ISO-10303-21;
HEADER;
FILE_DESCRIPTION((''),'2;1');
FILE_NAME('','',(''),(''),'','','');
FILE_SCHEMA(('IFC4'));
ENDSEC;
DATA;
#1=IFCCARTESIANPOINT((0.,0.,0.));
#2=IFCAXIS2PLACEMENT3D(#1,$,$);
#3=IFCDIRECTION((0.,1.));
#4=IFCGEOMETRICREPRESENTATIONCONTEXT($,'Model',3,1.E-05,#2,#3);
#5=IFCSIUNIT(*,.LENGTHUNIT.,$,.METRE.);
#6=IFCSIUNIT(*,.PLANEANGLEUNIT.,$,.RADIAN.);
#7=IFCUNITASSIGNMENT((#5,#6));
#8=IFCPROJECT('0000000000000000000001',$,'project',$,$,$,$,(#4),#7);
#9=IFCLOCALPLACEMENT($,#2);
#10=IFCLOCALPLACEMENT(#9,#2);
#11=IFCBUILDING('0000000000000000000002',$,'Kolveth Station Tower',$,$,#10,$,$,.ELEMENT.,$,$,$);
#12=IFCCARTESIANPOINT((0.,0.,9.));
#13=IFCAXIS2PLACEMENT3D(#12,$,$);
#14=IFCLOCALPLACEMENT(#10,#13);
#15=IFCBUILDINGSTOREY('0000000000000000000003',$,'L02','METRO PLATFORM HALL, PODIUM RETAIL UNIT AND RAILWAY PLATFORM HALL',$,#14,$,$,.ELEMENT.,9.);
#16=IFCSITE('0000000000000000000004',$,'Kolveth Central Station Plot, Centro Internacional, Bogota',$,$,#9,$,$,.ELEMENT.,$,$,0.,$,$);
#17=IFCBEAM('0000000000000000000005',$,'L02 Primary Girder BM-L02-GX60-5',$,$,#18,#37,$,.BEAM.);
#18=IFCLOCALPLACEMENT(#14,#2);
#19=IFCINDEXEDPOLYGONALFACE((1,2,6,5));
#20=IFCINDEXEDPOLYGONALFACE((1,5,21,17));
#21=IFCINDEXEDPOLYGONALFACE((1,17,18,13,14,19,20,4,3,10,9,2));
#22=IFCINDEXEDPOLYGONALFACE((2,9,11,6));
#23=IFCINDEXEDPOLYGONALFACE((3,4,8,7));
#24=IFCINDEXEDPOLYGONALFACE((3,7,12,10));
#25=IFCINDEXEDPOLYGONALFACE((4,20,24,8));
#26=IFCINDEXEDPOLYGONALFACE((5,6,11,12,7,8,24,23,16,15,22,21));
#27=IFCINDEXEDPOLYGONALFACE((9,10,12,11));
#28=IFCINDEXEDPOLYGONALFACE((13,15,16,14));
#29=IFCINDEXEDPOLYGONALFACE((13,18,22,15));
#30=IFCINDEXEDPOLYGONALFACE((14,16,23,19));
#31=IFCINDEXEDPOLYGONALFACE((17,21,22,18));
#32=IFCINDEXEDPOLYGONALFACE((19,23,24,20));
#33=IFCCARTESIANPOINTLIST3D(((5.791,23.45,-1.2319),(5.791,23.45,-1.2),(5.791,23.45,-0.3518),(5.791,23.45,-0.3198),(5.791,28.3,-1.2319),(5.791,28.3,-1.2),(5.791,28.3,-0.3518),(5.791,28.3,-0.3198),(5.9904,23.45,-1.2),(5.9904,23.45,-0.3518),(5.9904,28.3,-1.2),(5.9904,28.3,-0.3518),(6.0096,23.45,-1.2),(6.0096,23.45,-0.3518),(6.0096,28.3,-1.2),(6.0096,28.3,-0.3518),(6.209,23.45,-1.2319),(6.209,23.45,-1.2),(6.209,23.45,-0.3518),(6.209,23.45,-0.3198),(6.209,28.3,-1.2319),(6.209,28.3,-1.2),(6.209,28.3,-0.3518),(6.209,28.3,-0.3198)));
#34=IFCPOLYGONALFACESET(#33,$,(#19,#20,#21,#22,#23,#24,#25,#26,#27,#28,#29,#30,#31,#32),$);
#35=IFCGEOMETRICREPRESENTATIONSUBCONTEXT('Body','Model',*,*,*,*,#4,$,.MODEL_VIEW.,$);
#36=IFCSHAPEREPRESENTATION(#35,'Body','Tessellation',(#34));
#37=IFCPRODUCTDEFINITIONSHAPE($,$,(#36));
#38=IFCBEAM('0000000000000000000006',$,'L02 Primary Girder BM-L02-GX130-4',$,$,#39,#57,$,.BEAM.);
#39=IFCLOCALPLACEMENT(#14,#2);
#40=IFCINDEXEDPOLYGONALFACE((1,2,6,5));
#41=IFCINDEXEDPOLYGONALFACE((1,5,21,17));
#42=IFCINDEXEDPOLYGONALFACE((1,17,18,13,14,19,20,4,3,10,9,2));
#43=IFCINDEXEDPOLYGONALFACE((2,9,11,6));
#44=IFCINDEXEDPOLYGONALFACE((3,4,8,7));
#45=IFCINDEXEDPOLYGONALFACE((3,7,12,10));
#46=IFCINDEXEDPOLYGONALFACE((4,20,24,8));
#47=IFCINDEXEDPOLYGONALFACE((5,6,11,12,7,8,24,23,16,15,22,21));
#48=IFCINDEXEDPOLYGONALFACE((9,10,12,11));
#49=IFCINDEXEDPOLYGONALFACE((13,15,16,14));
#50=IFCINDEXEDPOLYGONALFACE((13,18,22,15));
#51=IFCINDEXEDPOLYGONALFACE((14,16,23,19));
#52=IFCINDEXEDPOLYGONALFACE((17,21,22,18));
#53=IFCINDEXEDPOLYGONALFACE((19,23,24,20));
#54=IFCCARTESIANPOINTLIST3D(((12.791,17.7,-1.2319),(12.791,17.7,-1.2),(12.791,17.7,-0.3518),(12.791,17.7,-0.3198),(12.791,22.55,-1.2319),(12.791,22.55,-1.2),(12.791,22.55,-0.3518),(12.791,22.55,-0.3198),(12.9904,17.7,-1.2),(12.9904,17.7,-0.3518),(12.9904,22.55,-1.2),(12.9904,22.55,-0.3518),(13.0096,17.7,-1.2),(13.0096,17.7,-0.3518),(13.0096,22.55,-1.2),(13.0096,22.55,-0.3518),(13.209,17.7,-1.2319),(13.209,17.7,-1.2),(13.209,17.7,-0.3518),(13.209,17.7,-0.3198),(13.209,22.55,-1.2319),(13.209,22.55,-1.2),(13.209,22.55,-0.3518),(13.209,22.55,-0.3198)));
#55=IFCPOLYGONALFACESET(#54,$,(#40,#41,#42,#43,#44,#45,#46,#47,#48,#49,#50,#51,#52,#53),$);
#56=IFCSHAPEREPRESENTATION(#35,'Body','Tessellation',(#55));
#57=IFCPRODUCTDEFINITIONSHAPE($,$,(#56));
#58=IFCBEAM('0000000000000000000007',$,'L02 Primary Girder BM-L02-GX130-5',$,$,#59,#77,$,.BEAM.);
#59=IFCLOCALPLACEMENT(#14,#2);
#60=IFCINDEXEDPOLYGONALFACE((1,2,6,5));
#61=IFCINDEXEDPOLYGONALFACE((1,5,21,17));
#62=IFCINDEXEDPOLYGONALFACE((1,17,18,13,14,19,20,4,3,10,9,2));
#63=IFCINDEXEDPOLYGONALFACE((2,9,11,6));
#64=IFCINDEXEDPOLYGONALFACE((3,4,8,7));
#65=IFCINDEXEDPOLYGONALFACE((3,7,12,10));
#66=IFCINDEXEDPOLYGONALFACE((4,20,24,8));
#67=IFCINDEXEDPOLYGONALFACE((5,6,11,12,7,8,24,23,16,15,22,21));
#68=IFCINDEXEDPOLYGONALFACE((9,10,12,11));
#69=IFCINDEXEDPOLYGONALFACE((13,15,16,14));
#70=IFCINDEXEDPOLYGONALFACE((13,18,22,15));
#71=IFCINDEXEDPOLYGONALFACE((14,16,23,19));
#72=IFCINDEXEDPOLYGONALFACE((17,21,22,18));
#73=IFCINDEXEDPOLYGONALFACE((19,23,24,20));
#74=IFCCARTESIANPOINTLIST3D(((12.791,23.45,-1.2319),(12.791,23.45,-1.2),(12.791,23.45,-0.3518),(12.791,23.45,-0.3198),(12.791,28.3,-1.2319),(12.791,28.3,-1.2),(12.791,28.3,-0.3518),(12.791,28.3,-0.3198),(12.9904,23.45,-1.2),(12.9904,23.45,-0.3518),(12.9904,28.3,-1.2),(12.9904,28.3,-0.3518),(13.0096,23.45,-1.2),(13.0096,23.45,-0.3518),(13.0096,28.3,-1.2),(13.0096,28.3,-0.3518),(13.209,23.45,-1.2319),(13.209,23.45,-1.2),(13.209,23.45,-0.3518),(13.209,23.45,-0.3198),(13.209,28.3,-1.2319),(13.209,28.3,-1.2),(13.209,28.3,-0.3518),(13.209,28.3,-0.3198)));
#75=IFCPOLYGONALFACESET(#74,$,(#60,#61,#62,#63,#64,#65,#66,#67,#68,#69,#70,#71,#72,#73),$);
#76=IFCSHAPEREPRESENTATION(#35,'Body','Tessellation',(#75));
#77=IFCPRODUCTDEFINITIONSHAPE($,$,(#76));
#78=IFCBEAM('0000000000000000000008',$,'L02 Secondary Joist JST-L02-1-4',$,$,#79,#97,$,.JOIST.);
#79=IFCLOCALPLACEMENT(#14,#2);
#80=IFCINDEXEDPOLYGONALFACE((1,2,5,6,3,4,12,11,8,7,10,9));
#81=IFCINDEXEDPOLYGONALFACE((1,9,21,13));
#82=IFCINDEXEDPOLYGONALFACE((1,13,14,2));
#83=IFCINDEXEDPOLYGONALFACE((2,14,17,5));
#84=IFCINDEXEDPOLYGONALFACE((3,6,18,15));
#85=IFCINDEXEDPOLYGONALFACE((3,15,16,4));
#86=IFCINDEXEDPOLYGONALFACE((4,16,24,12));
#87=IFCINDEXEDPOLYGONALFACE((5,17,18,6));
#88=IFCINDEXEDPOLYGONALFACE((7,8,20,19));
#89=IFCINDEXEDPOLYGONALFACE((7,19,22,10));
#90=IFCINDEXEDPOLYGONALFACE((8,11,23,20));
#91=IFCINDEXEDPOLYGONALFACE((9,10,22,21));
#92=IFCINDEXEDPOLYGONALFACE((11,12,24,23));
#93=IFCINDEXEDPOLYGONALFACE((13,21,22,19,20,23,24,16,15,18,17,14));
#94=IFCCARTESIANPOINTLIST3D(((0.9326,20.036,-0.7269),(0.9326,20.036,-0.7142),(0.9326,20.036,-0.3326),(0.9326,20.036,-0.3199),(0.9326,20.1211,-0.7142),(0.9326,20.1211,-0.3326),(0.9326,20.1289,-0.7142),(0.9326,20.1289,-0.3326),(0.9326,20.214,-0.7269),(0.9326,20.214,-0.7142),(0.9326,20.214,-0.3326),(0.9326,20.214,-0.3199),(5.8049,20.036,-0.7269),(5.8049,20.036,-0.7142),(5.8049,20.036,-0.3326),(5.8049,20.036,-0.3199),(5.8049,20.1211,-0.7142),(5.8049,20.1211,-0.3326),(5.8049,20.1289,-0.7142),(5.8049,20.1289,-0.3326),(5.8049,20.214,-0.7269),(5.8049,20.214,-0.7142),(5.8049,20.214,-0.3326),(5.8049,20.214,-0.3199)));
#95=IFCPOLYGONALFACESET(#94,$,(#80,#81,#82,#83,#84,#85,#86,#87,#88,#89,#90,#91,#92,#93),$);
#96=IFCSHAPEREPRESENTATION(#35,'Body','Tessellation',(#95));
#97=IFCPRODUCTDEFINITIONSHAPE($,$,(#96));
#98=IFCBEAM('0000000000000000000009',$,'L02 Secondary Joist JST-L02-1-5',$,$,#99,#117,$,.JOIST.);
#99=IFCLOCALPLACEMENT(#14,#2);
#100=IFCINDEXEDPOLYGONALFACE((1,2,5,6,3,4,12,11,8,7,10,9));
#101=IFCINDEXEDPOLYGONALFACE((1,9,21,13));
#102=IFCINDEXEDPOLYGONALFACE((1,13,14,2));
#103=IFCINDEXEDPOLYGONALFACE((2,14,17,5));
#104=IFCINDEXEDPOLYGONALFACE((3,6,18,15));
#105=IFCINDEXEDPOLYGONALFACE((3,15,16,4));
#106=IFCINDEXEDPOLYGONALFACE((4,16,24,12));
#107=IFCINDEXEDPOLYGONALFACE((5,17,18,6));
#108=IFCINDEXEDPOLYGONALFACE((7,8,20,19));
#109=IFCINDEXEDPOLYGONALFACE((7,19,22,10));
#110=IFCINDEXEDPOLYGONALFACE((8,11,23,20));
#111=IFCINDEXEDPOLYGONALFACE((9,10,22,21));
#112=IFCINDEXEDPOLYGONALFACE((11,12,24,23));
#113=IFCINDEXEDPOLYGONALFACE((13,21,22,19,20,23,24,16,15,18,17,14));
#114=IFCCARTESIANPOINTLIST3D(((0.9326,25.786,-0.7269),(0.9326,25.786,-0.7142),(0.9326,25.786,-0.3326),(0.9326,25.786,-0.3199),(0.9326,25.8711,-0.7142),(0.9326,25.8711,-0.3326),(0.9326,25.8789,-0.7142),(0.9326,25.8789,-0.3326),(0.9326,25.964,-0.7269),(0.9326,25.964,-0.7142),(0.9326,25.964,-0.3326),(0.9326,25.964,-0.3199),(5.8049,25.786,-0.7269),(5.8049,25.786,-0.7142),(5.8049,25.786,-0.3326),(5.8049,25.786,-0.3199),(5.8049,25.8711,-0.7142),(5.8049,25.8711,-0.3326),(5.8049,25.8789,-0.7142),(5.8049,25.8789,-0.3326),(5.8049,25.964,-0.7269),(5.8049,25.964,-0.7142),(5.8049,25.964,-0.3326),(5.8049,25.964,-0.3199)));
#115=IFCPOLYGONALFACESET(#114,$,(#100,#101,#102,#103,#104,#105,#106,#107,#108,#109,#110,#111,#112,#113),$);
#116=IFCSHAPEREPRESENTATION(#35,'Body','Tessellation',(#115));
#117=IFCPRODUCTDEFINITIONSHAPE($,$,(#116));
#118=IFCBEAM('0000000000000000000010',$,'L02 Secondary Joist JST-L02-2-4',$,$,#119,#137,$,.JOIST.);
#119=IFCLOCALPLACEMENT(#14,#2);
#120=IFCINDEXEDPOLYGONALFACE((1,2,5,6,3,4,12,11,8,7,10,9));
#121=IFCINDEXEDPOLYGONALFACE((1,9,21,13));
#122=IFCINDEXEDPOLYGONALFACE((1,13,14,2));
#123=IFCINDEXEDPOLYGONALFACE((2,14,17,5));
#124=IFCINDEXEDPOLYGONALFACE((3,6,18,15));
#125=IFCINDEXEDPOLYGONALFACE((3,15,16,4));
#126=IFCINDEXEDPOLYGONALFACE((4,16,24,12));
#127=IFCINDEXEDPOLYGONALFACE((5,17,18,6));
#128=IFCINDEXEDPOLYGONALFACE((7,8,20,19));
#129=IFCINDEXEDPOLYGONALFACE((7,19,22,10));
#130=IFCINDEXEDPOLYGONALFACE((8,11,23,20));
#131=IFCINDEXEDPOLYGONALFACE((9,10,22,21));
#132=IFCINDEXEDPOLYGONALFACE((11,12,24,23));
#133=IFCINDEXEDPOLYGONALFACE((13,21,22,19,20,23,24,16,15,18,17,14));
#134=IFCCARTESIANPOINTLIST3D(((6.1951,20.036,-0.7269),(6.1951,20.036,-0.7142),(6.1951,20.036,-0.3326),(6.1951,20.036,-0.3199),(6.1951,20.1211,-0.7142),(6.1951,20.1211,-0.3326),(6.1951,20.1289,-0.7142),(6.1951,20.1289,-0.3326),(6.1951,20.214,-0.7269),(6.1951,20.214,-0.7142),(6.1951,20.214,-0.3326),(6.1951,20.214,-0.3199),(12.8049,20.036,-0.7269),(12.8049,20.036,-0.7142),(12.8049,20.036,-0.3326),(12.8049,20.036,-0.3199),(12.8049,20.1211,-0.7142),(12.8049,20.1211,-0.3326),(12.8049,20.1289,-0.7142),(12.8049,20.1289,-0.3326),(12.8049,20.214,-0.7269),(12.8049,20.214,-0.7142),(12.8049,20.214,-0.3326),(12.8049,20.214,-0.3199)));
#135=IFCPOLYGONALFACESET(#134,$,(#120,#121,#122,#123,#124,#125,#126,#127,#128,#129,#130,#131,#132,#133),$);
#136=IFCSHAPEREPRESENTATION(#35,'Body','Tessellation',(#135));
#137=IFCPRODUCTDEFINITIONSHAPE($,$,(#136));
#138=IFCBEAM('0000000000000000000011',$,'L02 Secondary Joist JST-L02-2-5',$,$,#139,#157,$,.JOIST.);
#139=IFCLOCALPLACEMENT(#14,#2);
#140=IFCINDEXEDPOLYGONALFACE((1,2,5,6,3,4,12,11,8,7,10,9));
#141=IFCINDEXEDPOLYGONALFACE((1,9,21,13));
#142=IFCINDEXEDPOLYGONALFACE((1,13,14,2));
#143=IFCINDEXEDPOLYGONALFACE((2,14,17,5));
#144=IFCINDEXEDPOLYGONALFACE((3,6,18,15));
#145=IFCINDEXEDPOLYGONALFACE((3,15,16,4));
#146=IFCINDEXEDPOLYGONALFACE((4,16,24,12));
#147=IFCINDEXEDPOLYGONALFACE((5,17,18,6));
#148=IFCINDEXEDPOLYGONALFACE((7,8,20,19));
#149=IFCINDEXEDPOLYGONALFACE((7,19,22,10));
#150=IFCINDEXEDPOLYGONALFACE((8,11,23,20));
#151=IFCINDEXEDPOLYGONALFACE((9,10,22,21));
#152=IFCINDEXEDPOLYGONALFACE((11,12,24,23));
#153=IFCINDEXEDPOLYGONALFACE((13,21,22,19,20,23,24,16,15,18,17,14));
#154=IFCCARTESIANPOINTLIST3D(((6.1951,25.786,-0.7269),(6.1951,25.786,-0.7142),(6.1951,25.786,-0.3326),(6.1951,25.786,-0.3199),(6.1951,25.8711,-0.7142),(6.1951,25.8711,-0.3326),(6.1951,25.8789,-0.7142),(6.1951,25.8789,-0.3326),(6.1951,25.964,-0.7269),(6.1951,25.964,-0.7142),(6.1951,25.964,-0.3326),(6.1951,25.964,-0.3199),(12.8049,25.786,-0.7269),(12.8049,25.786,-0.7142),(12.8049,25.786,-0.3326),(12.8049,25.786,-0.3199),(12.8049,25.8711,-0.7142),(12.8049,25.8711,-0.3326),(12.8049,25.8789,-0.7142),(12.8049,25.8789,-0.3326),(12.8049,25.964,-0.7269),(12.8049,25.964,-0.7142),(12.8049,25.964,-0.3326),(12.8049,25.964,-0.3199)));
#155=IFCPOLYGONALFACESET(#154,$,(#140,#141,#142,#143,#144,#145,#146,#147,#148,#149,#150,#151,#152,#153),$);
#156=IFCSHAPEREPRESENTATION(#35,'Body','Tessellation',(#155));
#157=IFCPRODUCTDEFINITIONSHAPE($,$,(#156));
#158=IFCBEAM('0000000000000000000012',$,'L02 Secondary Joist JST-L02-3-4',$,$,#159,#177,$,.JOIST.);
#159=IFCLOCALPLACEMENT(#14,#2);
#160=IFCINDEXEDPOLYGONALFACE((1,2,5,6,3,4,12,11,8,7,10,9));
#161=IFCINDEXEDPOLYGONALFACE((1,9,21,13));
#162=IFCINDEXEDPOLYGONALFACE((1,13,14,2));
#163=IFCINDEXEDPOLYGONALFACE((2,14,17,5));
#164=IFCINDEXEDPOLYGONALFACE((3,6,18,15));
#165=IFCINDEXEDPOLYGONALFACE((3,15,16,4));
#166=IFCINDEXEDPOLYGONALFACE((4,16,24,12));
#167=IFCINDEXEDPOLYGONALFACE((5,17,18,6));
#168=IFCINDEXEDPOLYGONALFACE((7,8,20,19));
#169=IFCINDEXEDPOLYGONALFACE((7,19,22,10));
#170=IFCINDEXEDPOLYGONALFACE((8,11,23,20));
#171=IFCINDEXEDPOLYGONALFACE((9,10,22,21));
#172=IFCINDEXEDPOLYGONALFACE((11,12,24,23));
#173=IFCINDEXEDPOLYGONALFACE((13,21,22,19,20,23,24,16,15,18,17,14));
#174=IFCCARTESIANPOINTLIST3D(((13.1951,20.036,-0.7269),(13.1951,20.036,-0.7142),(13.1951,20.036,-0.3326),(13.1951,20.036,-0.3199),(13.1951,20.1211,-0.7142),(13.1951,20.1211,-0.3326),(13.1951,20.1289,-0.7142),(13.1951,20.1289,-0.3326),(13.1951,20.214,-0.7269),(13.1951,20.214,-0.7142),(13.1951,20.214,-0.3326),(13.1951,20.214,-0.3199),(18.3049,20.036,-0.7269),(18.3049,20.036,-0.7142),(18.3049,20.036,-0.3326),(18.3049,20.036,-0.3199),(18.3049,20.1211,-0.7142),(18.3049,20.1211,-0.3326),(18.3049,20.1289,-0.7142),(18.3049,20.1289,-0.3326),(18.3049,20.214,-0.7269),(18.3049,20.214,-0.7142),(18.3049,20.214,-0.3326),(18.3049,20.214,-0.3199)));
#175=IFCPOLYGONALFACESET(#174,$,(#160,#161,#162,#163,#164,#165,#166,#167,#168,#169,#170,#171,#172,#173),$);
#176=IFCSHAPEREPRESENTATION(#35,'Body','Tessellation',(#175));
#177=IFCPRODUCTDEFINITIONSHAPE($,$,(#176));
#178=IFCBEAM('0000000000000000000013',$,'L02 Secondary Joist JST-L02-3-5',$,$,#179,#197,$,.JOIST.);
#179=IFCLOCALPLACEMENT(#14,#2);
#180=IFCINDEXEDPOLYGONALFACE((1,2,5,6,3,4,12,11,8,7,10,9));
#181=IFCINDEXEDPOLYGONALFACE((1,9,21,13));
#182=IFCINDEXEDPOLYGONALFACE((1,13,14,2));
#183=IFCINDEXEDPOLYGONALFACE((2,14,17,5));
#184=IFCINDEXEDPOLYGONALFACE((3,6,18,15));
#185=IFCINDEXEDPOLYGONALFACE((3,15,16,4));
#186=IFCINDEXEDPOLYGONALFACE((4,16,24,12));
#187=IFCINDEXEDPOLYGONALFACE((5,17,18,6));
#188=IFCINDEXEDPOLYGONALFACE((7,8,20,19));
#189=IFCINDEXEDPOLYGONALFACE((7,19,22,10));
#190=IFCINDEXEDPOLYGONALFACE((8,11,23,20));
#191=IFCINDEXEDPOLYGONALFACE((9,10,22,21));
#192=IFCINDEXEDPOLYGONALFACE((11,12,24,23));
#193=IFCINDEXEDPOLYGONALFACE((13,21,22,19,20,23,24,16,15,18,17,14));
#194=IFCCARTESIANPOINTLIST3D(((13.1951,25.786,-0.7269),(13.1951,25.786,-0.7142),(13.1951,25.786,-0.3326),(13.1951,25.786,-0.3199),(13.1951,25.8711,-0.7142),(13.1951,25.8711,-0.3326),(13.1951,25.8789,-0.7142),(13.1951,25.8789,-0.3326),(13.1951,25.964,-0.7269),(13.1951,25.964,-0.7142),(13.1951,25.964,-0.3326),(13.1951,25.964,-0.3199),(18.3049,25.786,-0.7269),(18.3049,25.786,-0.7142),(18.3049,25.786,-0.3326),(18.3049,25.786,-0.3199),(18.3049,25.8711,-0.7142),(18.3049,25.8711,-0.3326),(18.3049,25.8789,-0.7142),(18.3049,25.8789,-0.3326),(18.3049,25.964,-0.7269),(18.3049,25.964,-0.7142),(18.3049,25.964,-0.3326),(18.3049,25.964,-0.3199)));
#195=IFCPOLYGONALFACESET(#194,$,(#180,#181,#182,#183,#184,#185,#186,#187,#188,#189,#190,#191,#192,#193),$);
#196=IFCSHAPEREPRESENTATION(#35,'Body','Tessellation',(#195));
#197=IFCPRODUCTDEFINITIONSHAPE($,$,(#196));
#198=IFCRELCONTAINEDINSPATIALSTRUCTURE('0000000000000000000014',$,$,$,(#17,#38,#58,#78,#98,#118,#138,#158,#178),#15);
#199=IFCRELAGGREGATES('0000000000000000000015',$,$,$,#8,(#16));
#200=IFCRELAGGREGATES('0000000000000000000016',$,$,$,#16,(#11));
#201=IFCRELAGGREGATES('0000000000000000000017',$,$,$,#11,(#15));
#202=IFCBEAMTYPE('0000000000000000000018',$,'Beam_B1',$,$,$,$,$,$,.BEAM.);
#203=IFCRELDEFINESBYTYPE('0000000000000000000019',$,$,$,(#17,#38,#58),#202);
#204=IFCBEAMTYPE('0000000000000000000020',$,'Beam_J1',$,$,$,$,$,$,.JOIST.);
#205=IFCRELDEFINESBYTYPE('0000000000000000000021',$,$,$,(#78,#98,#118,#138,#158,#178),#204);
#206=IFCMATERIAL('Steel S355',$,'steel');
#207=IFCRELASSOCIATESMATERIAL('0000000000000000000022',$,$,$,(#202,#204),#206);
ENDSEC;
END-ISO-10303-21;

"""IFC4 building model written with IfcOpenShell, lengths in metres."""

from ifc_helpers import new_model, si_unit, direction, frame, origin, origin_2d, place, context, subcontext, project, spatial, i_section, extrude, source, transform, mapped, material, material_profile, profile_set, type_object, element, save


model = new_model("IFC4")

# Units and contexts
model_context = context("Model", 3, precision=1e-05, world=origin(), true_north=direction((0.0, 1.0)))
body_context = subcontext(model_context, "Body", "Model", "MODEL_VIEW")
ifc_project = project(units=[si_unit("LENGTHUNIT", "METRE"), si_unit("PLANEANGLEUNIT", "RADIAN")], contexts=[model_context])

# Site, building, storey
site_placement = place(None, origin())
site = spatial("IfcSite", under=ifc_project, at=site_placement, Name="Kolveth Central Station Plot, Centro Internacional, Bogota", CompositionType="ELEMENT", RefElevation=0.0)
building_placement = place(site_placement, origin())
building = spatial("IfcBuilding", under=site, at=building_placement, Name="Kolveth Station Tower", CompositionType="ELEMENT")
storey_placement = place(building_placement, frame((0.0, 0.0, 9.0)))
storey = spatial("IfcBuildingStorey", under=building, at=storey_placement, Name="L02", Description="METRO PLATFORM HALL, PODIUM RETAIL UNIT AND RAILWAY PLATFORM HALL", CompositionType="ELEMENT", Elevation=9.0)

# Beams
ifc_material_1 = material(Name="Steel S355", Category="steel")
ifc_material_profile_1 = material_profile(ifc_material_1, i_section(OverallWidth=0.418, OverallDepth=0.9121, WebThickness=0.0193, FlangeThickness=0.032, at=origin_2d()), Name="W920x342")
ifc_profile_set_1 = profile_set([ifc_material_profile_1], Name="Steel S355")
beam_type_1 = type_object("IfcBeamType", Name="Beam_B1", PredefinedType="BEAM", material=ifc_profile_set_1)
shared_shape_1 = source(origin(), body_context, "Body", "SweptSolid", [
    extrude(i_section(OverallWidth=0.418, OverallDepth=0.9121, WebThickness=0.0193, FlangeThickness=0.032, at=origin_2d()), origin(), (0.0, 0.0, 1.0), 4.8501),
])
for number, where, z_axis, x_axis, name in (
    (1, (6.0, 23.45, -0.7759), (0.0, 1.0, 0.0), (-1.0, 0.0, 0.0), "L02 Primary Girder BM-L02-GX60-5"),
    (2, (13.0, 17.7, -0.7759), (0.0, 1.0, 0.0), (-1.0, 0.0, 0.0), "L02 Primary Girder BM-L02-GX130-4"),
    (3, (13.0, 23.45, -0.7759), (0.0, 1.0, 0.0), (-1.0, 0.0, 0.0), "L02 Primary Girder BM-L02-GX130-5"),
):
    element("IfcBeam", number, at=place(storey_placement, frame(where, z_axis=z_axis, x_axis=x_axis)), inside=storey, type_object=beam_type_1, Name=name, PredefinedType="BEAM", context=body_context, shape_type="MappedRepresentation", body=[
        mapped(shared_shape_1, transform((0.0, 0.0, 0.0), x_axis=(1.0, 0.0, 0.0), y_axis=(0.0, 1.0, 0.0), z_axis=(0.0, 0.0, 1.0), scale=1.0)),
    ])
ifc_material_profile_2 = material_profile(ifc_material_1, i_section(OverallWidth=0.178, OverallDepth=0.407, WebThickness=0.0078, FlangeThickness=0.0127, at=origin_2d()), Name="W410x60")
ifc_profile_set_2 = profile_set([ifc_material_profile_2], Name="Steel S355")
beam_type_2 = type_object("IfcBeamType", Name="Beam_J1", PredefinedType="JOIST", material=ifc_profile_set_2)
shared_shape_2 = source(origin(), body_context, "Body", "SweptSolid", [
    extrude(i_section(OverallWidth=0.178, OverallDepth=0.407, WebThickness=0.0078, FlangeThickness=0.0127, at=origin_2d()), origin(), (0.0, 0.0, 1.0), 4.8723),
])
for number, where, z_axis, x_axis, name in (
    (4, (0.9326, 20.125, -0.5234), (1.0, 0.0, 0.0), (0.0, 1.0, 0.0), "L02 Secondary Joist JST-L02-1-4"),
    (5, (0.9326, 25.875, -0.5234), (1.0, 0.0, 0.0), (0.0, 1.0, 0.0), "L02 Secondary Joist JST-L02-1-5"),
):
    element("IfcBeam", number, at=place(storey_placement, frame(where, z_axis=z_axis, x_axis=x_axis)), inside=storey, type_object=beam_type_2, Name=name, PredefinedType="JOIST", context=body_context, shape_type="MappedRepresentation", body=[
        mapped(shared_shape_2, transform((0.0, 0.0, 0.0), x_axis=(1.0, 0.0, 0.0), y_axis=(0.0, 1.0, 0.0), z_axis=(0.0, 0.0, 1.0), scale=1.0)),
    ])
shared_shape_3 = source(origin(), body_context, "Body", "SweptSolid", [
    extrude(i_section(OverallWidth=0.178, OverallDepth=0.407, WebThickness=0.0078, FlangeThickness=0.0127, at=origin_2d()), origin(), (0.0, 0.0, 1.0), 6.6099),
])
for number, where, z_axis, x_axis, name in (
    (6, (6.1951, 20.125, -0.5234), (1.0, 0.0, 0.0), (0.0, 1.0, 0.0), "L02 Secondary Joist JST-L02-2-4"),
    (7, (6.1951, 25.875, -0.5234), (1.0, 0.0, 0.0), (0.0, 1.0, 0.0), "L02 Secondary Joist JST-L02-2-5"),
):
    element("IfcBeam", number, at=place(storey_placement, frame(where, z_axis=z_axis, x_axis=x_axis)), inside=storey, type_object=beam_type_2, Name=name, PredefinedType="JOIST", context=body_context, shape_type="MappedRepresentation", body=[
        mapped(shared_shape_3, transform((0.0, 0.0, 0.0), x_axis=(1.0, 0.0, 0.0), y_axis=(0.0, 1.0, 0.0), z_axis=(0.0, 0.0, 1.0), scale=1.0)),
    ])
shared_shape_4 = source(origin(), body_context, "Body", "SweptSolid", [
    extrude(i_section(OverallWidth=0.178, OverallDepth=0.407, WebThickness=0.0078, FlangeThickness=0.0127, at=origin_2d()), origin(), (0.0, 0.0, 1.0), 5.1099),
])
for number, where, z_axis, x_axis, name in (
    (8, (13.1951, 20.125, -0.5234), (1.0, 0.0, 0.0), (0.0, 1.0, 0.0), "L02 Secondary Joist JST-L02-3-4"),
    (9, (13.1951, 25.875, -0.5234), (1.0, 0.0, 0.0), (0.0, 1.0, 0.0), "L02 Secondary Joist JST-L02-3-5"),
):
    element("IfcBeam", number, at=place(storey_placement, frame(where, z_axis=z_axis, x_axis=x_axis)), inside=storey, type_object=beam_type_2, Name=name, PredefinedType="JOIST", context=body_context, shape_type="MappedRepresentation", body=[
        mapped(shared_shape_4, transform((0.0, 0.0, 0.0), x_axis=(1.0, 0.0, 0.0), y_axis=(0.0, 1.0, 0.0), z_axis=(0.0, 0.0, 1.0), scale=1.0)),
    ])

save(model, "model.ifc")
